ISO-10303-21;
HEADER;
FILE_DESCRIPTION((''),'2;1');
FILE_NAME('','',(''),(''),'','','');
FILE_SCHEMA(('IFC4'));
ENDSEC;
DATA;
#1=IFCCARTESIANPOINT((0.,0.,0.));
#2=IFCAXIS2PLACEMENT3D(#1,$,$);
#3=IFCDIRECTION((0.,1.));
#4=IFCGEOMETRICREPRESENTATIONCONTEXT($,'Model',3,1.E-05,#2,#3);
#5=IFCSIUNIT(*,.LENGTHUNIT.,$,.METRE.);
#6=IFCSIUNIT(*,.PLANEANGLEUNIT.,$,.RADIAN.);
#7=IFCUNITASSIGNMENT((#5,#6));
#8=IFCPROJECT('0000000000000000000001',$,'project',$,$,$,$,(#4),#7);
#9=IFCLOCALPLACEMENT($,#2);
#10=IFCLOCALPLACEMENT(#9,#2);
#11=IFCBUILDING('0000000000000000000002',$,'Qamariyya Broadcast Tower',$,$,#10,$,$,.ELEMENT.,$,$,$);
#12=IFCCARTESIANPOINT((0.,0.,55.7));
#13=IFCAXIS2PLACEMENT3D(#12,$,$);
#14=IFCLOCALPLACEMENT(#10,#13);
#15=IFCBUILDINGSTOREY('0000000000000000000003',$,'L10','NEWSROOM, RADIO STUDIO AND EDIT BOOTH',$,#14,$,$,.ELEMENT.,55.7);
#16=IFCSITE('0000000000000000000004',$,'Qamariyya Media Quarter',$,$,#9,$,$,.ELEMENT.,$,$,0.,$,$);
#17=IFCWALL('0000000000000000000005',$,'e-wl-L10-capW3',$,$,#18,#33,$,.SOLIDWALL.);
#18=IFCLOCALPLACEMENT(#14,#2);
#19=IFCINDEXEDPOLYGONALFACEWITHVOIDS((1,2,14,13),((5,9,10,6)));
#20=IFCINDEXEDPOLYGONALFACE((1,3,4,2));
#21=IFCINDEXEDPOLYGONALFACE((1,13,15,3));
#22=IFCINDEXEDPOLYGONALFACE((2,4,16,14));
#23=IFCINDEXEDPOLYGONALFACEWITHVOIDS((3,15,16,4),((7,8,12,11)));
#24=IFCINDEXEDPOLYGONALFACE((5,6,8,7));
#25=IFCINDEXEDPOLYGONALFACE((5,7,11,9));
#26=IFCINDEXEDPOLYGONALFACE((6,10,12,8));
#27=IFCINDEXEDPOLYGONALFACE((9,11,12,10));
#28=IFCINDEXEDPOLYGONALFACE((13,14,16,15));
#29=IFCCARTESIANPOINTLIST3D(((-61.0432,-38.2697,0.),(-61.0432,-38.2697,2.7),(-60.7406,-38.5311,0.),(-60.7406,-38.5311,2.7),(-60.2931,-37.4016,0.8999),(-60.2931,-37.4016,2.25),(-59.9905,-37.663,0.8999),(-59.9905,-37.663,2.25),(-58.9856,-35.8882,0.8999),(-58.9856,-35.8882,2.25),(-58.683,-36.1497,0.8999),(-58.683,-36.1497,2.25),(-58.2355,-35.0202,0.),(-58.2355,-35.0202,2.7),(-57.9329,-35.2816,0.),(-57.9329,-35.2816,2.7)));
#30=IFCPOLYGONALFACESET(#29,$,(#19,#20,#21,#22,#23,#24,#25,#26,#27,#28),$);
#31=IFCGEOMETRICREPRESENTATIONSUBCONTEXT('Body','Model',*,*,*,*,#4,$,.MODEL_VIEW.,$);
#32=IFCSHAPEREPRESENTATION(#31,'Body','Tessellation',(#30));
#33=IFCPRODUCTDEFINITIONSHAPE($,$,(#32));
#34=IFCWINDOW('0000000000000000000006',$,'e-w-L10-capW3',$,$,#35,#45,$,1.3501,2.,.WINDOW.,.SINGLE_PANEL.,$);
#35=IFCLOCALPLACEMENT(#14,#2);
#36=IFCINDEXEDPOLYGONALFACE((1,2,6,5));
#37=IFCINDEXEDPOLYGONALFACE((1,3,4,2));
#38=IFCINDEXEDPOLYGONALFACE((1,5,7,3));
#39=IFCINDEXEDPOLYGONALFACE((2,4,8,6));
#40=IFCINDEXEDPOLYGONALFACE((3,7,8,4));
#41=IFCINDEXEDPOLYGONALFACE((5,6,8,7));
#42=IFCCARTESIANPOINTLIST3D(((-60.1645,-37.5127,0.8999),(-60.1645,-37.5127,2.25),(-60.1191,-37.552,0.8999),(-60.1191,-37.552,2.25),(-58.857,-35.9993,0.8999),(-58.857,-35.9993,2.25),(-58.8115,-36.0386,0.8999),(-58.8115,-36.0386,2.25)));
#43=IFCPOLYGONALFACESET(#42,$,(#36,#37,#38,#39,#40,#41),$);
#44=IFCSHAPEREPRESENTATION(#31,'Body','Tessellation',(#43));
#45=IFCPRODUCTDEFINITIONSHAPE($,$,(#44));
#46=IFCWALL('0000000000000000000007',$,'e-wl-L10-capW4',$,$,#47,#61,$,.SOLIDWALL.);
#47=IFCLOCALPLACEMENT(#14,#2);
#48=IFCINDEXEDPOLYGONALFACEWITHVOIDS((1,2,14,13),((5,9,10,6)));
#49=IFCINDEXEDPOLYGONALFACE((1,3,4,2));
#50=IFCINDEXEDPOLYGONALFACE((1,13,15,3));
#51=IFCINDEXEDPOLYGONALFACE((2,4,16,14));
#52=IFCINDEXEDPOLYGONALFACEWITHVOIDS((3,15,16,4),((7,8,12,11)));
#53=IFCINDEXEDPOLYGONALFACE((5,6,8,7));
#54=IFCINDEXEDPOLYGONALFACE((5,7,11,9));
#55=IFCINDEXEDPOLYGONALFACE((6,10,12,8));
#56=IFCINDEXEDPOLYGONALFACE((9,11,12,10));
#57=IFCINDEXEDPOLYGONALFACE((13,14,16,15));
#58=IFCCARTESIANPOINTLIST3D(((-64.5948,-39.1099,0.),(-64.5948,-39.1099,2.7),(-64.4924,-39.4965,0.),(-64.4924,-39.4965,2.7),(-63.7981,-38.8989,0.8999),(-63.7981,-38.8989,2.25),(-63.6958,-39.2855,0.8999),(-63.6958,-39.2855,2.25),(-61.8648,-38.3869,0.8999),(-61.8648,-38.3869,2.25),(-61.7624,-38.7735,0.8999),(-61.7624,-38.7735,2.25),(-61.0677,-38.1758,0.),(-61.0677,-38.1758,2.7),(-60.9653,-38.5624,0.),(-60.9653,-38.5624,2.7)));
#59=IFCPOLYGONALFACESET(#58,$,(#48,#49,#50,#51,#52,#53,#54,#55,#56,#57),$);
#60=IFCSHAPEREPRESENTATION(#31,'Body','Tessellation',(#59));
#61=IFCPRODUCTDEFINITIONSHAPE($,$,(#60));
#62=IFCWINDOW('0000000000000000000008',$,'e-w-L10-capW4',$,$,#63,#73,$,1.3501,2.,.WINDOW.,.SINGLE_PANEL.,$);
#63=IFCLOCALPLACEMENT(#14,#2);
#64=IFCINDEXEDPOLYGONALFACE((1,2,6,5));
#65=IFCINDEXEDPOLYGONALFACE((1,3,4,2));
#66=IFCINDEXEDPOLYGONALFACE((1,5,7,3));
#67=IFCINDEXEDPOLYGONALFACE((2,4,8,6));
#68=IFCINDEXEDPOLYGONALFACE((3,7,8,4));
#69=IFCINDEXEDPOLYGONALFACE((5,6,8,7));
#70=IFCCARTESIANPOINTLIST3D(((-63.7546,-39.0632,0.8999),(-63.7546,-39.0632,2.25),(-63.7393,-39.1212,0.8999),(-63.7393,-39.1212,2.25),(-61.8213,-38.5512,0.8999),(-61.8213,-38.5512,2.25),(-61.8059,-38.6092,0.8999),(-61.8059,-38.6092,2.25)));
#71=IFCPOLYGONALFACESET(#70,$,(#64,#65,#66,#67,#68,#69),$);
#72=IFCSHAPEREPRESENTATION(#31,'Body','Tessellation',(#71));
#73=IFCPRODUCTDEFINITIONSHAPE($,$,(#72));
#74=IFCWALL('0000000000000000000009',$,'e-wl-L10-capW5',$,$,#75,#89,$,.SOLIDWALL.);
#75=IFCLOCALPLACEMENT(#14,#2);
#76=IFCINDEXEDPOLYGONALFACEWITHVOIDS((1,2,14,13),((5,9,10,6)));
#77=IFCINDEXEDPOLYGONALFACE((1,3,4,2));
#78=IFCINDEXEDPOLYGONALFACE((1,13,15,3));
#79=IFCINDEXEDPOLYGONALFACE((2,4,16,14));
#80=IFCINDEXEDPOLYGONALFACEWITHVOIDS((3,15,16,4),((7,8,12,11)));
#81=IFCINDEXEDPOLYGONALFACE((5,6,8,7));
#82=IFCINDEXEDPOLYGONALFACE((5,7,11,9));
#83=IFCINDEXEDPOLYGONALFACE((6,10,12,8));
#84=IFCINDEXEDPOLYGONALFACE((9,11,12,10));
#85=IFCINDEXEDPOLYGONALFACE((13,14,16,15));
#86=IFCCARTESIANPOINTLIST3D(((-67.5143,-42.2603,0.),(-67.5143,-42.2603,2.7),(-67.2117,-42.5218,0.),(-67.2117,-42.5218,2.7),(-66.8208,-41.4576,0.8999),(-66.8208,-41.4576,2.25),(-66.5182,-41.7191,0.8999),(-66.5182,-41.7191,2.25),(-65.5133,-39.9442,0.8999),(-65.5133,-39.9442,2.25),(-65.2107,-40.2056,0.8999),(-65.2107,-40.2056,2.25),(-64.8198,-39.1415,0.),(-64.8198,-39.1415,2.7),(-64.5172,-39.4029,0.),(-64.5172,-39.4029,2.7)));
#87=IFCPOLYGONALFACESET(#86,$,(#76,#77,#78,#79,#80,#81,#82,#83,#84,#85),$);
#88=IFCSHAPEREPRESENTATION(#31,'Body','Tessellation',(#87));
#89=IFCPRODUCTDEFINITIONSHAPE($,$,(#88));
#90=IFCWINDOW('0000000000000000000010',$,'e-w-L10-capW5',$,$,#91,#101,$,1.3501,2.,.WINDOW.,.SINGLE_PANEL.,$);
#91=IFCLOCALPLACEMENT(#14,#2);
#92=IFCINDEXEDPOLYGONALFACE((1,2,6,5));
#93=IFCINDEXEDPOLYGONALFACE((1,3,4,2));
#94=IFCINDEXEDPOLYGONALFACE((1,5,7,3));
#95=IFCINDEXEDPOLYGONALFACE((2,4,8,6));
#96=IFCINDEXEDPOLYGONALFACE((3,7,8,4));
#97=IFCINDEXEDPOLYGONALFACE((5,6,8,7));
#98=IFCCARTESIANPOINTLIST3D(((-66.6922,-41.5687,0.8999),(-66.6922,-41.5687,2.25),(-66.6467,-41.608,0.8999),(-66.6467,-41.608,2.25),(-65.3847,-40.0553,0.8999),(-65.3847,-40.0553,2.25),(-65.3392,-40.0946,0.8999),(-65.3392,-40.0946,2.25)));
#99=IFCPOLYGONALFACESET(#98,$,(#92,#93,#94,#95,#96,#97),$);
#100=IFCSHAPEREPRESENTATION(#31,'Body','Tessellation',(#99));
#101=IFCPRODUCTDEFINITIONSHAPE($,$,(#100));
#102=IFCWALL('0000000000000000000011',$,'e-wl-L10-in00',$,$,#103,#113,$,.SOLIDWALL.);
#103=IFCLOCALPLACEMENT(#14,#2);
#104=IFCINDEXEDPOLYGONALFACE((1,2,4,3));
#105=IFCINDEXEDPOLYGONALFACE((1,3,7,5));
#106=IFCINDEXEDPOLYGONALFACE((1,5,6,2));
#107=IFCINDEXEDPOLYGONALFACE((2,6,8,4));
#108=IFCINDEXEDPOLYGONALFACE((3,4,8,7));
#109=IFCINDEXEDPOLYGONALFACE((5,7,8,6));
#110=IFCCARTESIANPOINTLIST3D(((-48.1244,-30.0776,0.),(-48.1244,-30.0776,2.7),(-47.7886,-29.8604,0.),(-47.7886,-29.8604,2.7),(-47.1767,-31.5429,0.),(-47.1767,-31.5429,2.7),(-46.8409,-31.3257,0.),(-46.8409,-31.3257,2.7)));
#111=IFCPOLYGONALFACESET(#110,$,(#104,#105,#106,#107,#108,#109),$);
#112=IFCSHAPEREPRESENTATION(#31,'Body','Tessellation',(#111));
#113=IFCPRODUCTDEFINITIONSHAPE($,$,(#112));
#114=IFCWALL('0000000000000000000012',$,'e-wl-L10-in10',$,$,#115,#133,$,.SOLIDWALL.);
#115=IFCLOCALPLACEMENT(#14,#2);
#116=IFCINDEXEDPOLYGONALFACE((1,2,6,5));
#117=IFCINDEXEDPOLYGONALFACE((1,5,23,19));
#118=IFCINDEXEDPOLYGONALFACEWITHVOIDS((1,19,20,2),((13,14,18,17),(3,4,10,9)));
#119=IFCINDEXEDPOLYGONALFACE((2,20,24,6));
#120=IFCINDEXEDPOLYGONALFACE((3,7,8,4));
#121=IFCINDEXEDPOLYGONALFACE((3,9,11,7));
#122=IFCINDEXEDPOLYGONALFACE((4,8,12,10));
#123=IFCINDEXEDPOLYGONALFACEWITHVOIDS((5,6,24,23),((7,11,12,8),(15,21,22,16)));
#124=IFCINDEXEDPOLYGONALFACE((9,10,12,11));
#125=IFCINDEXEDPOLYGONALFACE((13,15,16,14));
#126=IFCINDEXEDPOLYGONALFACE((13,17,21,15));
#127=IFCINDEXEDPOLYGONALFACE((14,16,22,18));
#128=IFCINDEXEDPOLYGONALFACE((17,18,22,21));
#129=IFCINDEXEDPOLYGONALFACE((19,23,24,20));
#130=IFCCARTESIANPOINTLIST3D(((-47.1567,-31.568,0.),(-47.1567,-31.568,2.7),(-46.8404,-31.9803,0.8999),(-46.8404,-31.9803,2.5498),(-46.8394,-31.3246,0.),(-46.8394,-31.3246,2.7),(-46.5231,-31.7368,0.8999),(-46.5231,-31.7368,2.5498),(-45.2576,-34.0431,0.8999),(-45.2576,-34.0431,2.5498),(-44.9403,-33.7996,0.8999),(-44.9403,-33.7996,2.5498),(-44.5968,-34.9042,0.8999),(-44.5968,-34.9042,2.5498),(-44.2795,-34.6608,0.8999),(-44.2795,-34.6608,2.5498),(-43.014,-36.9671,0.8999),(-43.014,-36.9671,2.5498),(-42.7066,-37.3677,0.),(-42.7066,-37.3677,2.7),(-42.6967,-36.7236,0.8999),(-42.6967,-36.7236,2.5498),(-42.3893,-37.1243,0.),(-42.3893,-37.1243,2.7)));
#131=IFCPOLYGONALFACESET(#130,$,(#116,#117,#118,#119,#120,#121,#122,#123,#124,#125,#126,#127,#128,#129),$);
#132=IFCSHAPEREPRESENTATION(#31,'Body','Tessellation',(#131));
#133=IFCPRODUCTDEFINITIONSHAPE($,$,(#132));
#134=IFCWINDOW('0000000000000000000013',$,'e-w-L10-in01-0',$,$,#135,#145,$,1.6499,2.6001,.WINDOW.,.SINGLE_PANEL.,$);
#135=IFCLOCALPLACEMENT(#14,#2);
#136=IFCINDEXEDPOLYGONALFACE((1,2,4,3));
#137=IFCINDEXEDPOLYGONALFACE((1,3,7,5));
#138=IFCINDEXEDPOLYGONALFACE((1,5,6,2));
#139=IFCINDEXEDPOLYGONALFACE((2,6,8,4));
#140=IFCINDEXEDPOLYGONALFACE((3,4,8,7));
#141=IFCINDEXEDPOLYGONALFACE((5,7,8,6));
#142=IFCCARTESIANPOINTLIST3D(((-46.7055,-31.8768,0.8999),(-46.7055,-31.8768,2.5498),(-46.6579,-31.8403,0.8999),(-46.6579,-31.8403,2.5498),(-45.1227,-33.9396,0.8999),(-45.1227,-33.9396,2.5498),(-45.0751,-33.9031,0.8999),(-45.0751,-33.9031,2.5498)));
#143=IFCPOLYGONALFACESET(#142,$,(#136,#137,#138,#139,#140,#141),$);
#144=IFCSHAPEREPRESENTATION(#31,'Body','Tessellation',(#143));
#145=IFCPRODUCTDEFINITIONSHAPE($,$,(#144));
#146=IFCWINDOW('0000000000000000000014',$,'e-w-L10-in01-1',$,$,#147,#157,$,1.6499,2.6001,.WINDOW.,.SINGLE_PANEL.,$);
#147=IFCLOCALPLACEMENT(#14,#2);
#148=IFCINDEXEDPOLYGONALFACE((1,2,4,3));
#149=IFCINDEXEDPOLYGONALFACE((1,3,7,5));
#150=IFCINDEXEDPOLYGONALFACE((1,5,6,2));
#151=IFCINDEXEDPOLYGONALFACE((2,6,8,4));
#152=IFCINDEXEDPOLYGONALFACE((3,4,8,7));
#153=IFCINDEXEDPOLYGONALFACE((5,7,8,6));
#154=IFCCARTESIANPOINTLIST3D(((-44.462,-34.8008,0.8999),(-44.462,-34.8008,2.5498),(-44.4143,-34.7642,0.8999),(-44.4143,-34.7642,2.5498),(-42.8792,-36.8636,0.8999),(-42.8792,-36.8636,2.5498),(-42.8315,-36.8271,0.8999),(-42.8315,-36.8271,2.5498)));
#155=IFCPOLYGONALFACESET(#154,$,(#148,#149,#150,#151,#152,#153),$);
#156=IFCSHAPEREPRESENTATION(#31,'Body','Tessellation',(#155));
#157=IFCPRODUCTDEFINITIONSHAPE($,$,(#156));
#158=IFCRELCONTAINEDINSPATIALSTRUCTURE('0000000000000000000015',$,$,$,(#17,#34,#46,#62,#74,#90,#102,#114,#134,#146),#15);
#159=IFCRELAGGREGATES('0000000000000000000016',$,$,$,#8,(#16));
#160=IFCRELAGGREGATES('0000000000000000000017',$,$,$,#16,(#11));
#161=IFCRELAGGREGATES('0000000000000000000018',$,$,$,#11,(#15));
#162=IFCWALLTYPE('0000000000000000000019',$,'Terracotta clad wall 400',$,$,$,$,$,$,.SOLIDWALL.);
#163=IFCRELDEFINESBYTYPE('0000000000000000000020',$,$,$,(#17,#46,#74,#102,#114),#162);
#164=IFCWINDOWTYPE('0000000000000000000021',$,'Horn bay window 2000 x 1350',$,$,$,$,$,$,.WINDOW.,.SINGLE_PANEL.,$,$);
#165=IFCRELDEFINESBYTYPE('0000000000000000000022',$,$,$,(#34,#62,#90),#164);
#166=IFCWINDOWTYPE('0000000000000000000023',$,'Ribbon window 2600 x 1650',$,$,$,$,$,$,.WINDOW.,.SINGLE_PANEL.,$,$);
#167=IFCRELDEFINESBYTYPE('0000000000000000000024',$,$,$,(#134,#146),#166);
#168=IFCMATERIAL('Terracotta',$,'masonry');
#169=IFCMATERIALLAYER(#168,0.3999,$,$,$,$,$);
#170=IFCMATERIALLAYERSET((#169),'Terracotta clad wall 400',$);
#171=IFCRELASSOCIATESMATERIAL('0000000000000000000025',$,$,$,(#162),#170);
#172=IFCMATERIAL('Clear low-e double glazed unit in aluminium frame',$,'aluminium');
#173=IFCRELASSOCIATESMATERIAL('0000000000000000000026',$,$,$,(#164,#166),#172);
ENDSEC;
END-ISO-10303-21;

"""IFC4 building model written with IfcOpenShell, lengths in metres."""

from ifc_helpers import new_model, si_unit, direction, frame, frame_2d, origin, place, context, subcontext, project, spatial, rectangle, extrude, material, layer, layer_set, type_object, element, fill, save


model = new_model("IFC4")

# Units and contexts
model_context = context("Model", 3, precision=1e-05, world=origin(), true_north=direction((0.0, 1.0)))
body_context = subcontext(model_context, "Body", "Model", "MODEL_VIEW")
ifc_project = project(units=[si_unit("LENGTHUNIT", "METRE"), si_unit("PLANEANGLEUNIT", "RADIAN")], contexts=[model_context])

# Site, building, storey
site_placement = place(None, origin())
site = spatial("IfcSite", under=ifc_project, at=site_placement, Name="Qamariyya Media Quarter", CompositionType="ELEMENT", RefElevation=0.0)
building_placement = place(site_placement, origin())
building = spatial("IfcBuilding", under=site, at=building_placement, Name="Qamariyya Broadcast Tower", CompositionType="ELEMENT")
storey_placement = place(building_placement, frame((0.0, 0.0, 55.7)))
storey = spatial("IfcBuildingStorey", under=building, at=storey_placement, Name="L10", Description="NEWSROOM, RADIO STUDIO AND EDIT BOOTH", CompositionType="ELEMENT", Elevation=55.7)

# Walls, openings, windows
ifc_material_1 = material(Name="Terracotta", Category="masonry")
ifc_layer = layer(ifc_material_1, 0.3999)
ifc_layer_set = layer_set([ifc_layer], Name="Terracotta clad wall 400")
wall_type = type_object("IfcWallType", Name="Terracotta clad wall 400", PredefinedType="SOLIDWALL", material=ifc_layer_set)
ifc_material_2 = material(Name="Clear low-e double glazed unit in aluminium frame", Category="aluminium")
window_type_1 = type_object("IfcWindowType", Name="Horn bay window 2000 x 1350", PartitioningType="SINGLE_PANEL", PredefinedType="WINDOW", material=ifc_material_2)
wall_1_placement = place(storey_placement, frame((-58.0842, -35.1509, 0.0), z_axis=(0.0, 0.0, 1.0), x_axis=(-0.653783, -0.756682, 0.0)))
wall_1 = element("IfcWall", 1, at=wall_1_placement, inside=storey, type_object=wall_type, Name="e-wl-L10-capW3", PredefinedType="SOLIDWALL", context=body_context, shape_type="SweptSolid", body=[
    extrude(rectangle(XDim=4.2944, YDim=0.3999, at=frame_2d((2.1472, 0.0))), origin(), (0.0, 0.0, 1.0), 2.7),
])
opening_1_placement = place(wall_1_placement, frame((1.1472, 0.0, 0.8999)))
opening_1 = element("IfcOpeningElement", 2, at=opening_1_placement, cuts=wall_1, PredefinedType="OPENING", context=body_context, shape_type="SweptSolid", body=[
    extrude(rectangle(XDim=2.0, YDim=1.3501, at=frame_2d((1.0, 0.675))), frame((0.0, 0.21, 0.0), z_axis=(0.0, -1.0, 0.0), x_axis=(1.0, 0.0, 0.0)), (0.0, 0.0, 1.0), 0.4199),
])
window_1_placement = place(opening_1_placement, origin())
window_1 = element("IfcWindow", 3, at=window_1_placement, inside=storey, type_object=window_type_1, Name="e-w-L10-capW3", OverallHeight=1.3501, OverallWidth=2.0, PartitioningType="SINGLE_PANEL", PredefinedType="WINDOW", context=body_context, shape_type="SweptSolid", body=[
    extrude(rectangle(XDim=2.0, YDim=1.3501, at=frame_2d((1.0, 0.675))), frame((0.0, 0.03, 0.0), z_axis=(0.0, -1.0, 0.0), x_axis=(1.0, 0.0, 0.0)), (0.0, 0.0, 1.0), 0.0601),
])
fill(opening_1, window_1)
wall_2_placement = place(storey_placement, frame((-61.0166, -38.3691, 0.0), z_axis=(0.0, 0.0, 1.0), x_axis=(-0.966676, -0.256005, 0.0)))
wall_2 = element("IfcWall", 4, at=wall_2_placement, inside=storey, type_object=wall_type, Name="e-wl-L10-capW4", PredefinedType="SOLIDWALL", context=body_context, shape_type="SweptSolid", body=[
    extrude(rectangle(XDim=3.6487, YDim=0.3999, at=frame_2d((1.8242, 0.0))), origin(), (0.0, 0.0, 1.0), 2.7),
])
opening_2_placement = place(wall_2_placement, frame((0.8245, 0.0, 0.8999)))
opening_2 = element("IfcOpeningElement", 5, at=opening_2_placement, cuts=wall_2, PredefinedType="OPENING", context=body_context, shape_type="SweptSolid", body=[
    extrude(rectangle(XDim=2.0, YDim=1.3501, at=frame_2d((1.0, 0.675))), frame((0.0, 0.21, 0.0), z_axis=(0.0, -1.0, 0.0), x_axis=(1.0, 0.0, 0.0)), (0.0, 0.0, 1.0), 0.4199),
])
window_2_placement = place(opening_2_placement, origin())
window_2 = element("IfcWindow", 6, at=window_2_placement, inside=storey, type_object=window_type_1, Name="e-w-L10-capW4", OverallHeight=1.3501, OverallWidth=2.0, PartitioningType="SINGLE_PANEL", PredefinedType="WINDOW", context=body_context, shape_type="SweptSolid", body=[
    extrude(rectangle(XDim=2.0, YDim=1.3501, at=frame_2d((1.0, 0.675))), frame((0.0, 0.03, 0.0), z_axis=(0.0, -1.0, 0.0), x_axis=(1.0, 0.0, 0.0)), (0.0, 0.0, 1.0), 0.0601),
])
fill(opening_2, window_2)
wall_3_placement = place(storey_placement, frame((-64.6685, -39.2722, 0.0), z_axis=(0.0, 0.0, 1.0), x_axis=(-0.653757, -0.756704, 0.0)))
wall_3 = element("IfcWall", 7, at=wall_3_placement, inside=storey, type_object=wall_type, Name="e-wl-L10-capW5", PredefinedType="SOLIDWALL", context=body_context, shape_type="SweptSolid", body=[
    extrude(rectangle(XDim=4.1216, YDim=0.3999, at=frame_2d((2.0608, 0.0))), origin(), (0.0, 0.0, 1.0), 2.7),
])
opening_3_placement = place(wall_3_placement, frame((1.0608, 0.0, 0.8999)))
opening_3 = element("IfcOpeningElement", 8, at=opening_3_placement, cuts=wall_3, PredefinedType="OPENING", context=body_context, shape_type="SweptSolid", body=[
    extrude(rectangle(XDim=2.0, YDim=1.3501, at=frame_2d((1.0, 0.675))), frame((0.0, 0.21, 0.0), z_axis=(0.0, -1.0, 0.0), x_axis=(1.0, 0.0, 0.0)), (0.0, 0.0, 1.0), 0.4199),
])
window_3_placement = place(opening_3_placement, origin())
window_3 = element("IfcWindow", 9, at=window_3_placement, inside=storey, type_object=window_type_1, Name="e-w-L10-capW5", OverallHeight=1.3501, OverallWidth=2.0, PartitioningType="SINGLE_PANEL", PredefinedType="WINDOW", context=body_context, shape_type="SweptSolid", body=[
    extrude(rectangle(XDim=2.0, YDim=1.3501, at=frame_2d((1.0, 0.675))), frame((0.0, 0.03, 0.0), z_axis=(0.0, -1.0, 0.0), x_axis=(1.0, 0.0, 0.0)), (0.0, 0.0, 1.0), 0.0601),
])
fill(opening_3, window_3)

# Wall
wall_4_placement = place(storey_placement, frame((-47.0088, -31.4343, 0.0), z_axis=(0.0, 0.0, 1.0), x_axis=(-0.543089, 0.839675, 0.0)))
element("IfcWall", 10, at=wall_4_placement, inside=storey, type_object=wall_type, Name="e-wl-L10-in00", PredefinedType="SOLIDWALL", context=body_context, shape_type="SweptSolid", body=[
    extrude(rectangle(XDim=1.7451, YDim=0.3999, at=frame_2d((0.8726, 0.0))), origin(), (0.0, 0.0, 1.0), 2.7),
])

# Wall, openings, windows
wall_5_placement = place(storey_placement, frame((-42.5479, -37.2461, 0.0), z_axis=(0.0, 0.0, 1.0), x_axis=(-0.608748, 0.793363, 0.0)))
wall_5 = element("IfcWall", 11, at=wall_5_placement, inside=storey, type_object=wall_type, Name="e-wl-L10-in10", PredefinedType="SOLIDWALL", context=body_context, shape_type="SweptSolid", body=[
    extrude(rectangle(XDim=7.3103, YDim=0.3999, at=frame_2d((3.6553, 0.0))), origin(), (0.0, 0.0, 1.0), 2.7),
])
opening_4_placement = place(wall_5_placement, frame((4.1907, 0.0, 0.8999)))
opening_4 = element("IfcOpeningElement", 12, at=opening_4_placement, cuts=wall_5, PredefinedType="OPENING", context=body_context, shape_type="SweptSolid", body=[
    extrude(rectangle(XDim=2.6001, YDim=1.6499, at=frame_2d((1.3, 0.825))), frame((0.0, 0.21, 0.0), z_axis=(0.0, -1.0, 0.0), x_axis=(1.0, 0.0, 0.0)), (0.0, 0.0, 1.0), 0.4199),
])
opening_5_placement = place(wall_5_placement, frame((0.5051, 0.0, 0.8999)))
opening_5 = element("IfcOpeningElement", 13, at=opening_5_placement, cuts=wall_5, PredefinedType="OPENING", context=body_context, shape_type="SweptSolid", body=[
    extrude(rectangle(XDim=2.6001, YDim=1.6499, at=frame_2d((1.3, 0.825))), frame((0.0, 0.21, 0.0), z_axis=(0.0, -1.0, 0.0), x_axis=(1.0, 0.0, 0.0)), (0.0, 0.0, 1.0), 0.4199),
])
window_type_2 = type_object("IfcWindowType", Name="Ribbon window 2600 x 1650", PartitioningType="SINGLE_PANEL", PredefinedType="WINDOW", material=ifc_material_2)
window_4_placement = place(opening_4_placement, origin())
window_4 = element("IfcWindow", 14, at=window_4_placement, inside=storey, type_object=window_type_2, Name="e-w-L10-in01-0", OverallHeight=1.6499, OverallWidth=2.6001, PartitioningType="SINGLE_PANEL", PredefinedType="WINDOW", context=body_context, shape_type="SweptSolid", body=[
    extrude(rectangle(XDim=2.6001, YDim=1.6499, at=frame_2d((1.3, 0.825))), frame((0.0, 0.03, 0.0), z_axis=(0.0, -1.0, 0.0), x_axis=(1.0, 0.0, 0.0)), (0.0, 0.0, 1.0), 0.0601),
])
fill(opening_4, window_4)
window_5_placement = place(opening_5_placement, origin())
window_5 = element("IfcWindow", 15, at=window_5_placement, inside=storey, type_object=window_type_2, Name="e-w-L10-in01-1", OverallHeight=1.6499, OverallWidth=2.6001, PartitioningType="SINGLE_PANEL", PredefinedType="WINDOW", context=body_context, shape_type="SweptSolid", body=[
    extrude(rectangle(XDim=2.6001, YDim=1.6499, at=frame_2d((1.3, 0.825))), frame((0.0, 0.03, 0.0), z_axis=(0.0, -1.0, 0.0), x_axis=(1.0, 0.0, 0.0)), (0.0, 0.0, 1.0), 0.0601),
])
fill(opening_5, window_5)

save(model, "model.ifc")
